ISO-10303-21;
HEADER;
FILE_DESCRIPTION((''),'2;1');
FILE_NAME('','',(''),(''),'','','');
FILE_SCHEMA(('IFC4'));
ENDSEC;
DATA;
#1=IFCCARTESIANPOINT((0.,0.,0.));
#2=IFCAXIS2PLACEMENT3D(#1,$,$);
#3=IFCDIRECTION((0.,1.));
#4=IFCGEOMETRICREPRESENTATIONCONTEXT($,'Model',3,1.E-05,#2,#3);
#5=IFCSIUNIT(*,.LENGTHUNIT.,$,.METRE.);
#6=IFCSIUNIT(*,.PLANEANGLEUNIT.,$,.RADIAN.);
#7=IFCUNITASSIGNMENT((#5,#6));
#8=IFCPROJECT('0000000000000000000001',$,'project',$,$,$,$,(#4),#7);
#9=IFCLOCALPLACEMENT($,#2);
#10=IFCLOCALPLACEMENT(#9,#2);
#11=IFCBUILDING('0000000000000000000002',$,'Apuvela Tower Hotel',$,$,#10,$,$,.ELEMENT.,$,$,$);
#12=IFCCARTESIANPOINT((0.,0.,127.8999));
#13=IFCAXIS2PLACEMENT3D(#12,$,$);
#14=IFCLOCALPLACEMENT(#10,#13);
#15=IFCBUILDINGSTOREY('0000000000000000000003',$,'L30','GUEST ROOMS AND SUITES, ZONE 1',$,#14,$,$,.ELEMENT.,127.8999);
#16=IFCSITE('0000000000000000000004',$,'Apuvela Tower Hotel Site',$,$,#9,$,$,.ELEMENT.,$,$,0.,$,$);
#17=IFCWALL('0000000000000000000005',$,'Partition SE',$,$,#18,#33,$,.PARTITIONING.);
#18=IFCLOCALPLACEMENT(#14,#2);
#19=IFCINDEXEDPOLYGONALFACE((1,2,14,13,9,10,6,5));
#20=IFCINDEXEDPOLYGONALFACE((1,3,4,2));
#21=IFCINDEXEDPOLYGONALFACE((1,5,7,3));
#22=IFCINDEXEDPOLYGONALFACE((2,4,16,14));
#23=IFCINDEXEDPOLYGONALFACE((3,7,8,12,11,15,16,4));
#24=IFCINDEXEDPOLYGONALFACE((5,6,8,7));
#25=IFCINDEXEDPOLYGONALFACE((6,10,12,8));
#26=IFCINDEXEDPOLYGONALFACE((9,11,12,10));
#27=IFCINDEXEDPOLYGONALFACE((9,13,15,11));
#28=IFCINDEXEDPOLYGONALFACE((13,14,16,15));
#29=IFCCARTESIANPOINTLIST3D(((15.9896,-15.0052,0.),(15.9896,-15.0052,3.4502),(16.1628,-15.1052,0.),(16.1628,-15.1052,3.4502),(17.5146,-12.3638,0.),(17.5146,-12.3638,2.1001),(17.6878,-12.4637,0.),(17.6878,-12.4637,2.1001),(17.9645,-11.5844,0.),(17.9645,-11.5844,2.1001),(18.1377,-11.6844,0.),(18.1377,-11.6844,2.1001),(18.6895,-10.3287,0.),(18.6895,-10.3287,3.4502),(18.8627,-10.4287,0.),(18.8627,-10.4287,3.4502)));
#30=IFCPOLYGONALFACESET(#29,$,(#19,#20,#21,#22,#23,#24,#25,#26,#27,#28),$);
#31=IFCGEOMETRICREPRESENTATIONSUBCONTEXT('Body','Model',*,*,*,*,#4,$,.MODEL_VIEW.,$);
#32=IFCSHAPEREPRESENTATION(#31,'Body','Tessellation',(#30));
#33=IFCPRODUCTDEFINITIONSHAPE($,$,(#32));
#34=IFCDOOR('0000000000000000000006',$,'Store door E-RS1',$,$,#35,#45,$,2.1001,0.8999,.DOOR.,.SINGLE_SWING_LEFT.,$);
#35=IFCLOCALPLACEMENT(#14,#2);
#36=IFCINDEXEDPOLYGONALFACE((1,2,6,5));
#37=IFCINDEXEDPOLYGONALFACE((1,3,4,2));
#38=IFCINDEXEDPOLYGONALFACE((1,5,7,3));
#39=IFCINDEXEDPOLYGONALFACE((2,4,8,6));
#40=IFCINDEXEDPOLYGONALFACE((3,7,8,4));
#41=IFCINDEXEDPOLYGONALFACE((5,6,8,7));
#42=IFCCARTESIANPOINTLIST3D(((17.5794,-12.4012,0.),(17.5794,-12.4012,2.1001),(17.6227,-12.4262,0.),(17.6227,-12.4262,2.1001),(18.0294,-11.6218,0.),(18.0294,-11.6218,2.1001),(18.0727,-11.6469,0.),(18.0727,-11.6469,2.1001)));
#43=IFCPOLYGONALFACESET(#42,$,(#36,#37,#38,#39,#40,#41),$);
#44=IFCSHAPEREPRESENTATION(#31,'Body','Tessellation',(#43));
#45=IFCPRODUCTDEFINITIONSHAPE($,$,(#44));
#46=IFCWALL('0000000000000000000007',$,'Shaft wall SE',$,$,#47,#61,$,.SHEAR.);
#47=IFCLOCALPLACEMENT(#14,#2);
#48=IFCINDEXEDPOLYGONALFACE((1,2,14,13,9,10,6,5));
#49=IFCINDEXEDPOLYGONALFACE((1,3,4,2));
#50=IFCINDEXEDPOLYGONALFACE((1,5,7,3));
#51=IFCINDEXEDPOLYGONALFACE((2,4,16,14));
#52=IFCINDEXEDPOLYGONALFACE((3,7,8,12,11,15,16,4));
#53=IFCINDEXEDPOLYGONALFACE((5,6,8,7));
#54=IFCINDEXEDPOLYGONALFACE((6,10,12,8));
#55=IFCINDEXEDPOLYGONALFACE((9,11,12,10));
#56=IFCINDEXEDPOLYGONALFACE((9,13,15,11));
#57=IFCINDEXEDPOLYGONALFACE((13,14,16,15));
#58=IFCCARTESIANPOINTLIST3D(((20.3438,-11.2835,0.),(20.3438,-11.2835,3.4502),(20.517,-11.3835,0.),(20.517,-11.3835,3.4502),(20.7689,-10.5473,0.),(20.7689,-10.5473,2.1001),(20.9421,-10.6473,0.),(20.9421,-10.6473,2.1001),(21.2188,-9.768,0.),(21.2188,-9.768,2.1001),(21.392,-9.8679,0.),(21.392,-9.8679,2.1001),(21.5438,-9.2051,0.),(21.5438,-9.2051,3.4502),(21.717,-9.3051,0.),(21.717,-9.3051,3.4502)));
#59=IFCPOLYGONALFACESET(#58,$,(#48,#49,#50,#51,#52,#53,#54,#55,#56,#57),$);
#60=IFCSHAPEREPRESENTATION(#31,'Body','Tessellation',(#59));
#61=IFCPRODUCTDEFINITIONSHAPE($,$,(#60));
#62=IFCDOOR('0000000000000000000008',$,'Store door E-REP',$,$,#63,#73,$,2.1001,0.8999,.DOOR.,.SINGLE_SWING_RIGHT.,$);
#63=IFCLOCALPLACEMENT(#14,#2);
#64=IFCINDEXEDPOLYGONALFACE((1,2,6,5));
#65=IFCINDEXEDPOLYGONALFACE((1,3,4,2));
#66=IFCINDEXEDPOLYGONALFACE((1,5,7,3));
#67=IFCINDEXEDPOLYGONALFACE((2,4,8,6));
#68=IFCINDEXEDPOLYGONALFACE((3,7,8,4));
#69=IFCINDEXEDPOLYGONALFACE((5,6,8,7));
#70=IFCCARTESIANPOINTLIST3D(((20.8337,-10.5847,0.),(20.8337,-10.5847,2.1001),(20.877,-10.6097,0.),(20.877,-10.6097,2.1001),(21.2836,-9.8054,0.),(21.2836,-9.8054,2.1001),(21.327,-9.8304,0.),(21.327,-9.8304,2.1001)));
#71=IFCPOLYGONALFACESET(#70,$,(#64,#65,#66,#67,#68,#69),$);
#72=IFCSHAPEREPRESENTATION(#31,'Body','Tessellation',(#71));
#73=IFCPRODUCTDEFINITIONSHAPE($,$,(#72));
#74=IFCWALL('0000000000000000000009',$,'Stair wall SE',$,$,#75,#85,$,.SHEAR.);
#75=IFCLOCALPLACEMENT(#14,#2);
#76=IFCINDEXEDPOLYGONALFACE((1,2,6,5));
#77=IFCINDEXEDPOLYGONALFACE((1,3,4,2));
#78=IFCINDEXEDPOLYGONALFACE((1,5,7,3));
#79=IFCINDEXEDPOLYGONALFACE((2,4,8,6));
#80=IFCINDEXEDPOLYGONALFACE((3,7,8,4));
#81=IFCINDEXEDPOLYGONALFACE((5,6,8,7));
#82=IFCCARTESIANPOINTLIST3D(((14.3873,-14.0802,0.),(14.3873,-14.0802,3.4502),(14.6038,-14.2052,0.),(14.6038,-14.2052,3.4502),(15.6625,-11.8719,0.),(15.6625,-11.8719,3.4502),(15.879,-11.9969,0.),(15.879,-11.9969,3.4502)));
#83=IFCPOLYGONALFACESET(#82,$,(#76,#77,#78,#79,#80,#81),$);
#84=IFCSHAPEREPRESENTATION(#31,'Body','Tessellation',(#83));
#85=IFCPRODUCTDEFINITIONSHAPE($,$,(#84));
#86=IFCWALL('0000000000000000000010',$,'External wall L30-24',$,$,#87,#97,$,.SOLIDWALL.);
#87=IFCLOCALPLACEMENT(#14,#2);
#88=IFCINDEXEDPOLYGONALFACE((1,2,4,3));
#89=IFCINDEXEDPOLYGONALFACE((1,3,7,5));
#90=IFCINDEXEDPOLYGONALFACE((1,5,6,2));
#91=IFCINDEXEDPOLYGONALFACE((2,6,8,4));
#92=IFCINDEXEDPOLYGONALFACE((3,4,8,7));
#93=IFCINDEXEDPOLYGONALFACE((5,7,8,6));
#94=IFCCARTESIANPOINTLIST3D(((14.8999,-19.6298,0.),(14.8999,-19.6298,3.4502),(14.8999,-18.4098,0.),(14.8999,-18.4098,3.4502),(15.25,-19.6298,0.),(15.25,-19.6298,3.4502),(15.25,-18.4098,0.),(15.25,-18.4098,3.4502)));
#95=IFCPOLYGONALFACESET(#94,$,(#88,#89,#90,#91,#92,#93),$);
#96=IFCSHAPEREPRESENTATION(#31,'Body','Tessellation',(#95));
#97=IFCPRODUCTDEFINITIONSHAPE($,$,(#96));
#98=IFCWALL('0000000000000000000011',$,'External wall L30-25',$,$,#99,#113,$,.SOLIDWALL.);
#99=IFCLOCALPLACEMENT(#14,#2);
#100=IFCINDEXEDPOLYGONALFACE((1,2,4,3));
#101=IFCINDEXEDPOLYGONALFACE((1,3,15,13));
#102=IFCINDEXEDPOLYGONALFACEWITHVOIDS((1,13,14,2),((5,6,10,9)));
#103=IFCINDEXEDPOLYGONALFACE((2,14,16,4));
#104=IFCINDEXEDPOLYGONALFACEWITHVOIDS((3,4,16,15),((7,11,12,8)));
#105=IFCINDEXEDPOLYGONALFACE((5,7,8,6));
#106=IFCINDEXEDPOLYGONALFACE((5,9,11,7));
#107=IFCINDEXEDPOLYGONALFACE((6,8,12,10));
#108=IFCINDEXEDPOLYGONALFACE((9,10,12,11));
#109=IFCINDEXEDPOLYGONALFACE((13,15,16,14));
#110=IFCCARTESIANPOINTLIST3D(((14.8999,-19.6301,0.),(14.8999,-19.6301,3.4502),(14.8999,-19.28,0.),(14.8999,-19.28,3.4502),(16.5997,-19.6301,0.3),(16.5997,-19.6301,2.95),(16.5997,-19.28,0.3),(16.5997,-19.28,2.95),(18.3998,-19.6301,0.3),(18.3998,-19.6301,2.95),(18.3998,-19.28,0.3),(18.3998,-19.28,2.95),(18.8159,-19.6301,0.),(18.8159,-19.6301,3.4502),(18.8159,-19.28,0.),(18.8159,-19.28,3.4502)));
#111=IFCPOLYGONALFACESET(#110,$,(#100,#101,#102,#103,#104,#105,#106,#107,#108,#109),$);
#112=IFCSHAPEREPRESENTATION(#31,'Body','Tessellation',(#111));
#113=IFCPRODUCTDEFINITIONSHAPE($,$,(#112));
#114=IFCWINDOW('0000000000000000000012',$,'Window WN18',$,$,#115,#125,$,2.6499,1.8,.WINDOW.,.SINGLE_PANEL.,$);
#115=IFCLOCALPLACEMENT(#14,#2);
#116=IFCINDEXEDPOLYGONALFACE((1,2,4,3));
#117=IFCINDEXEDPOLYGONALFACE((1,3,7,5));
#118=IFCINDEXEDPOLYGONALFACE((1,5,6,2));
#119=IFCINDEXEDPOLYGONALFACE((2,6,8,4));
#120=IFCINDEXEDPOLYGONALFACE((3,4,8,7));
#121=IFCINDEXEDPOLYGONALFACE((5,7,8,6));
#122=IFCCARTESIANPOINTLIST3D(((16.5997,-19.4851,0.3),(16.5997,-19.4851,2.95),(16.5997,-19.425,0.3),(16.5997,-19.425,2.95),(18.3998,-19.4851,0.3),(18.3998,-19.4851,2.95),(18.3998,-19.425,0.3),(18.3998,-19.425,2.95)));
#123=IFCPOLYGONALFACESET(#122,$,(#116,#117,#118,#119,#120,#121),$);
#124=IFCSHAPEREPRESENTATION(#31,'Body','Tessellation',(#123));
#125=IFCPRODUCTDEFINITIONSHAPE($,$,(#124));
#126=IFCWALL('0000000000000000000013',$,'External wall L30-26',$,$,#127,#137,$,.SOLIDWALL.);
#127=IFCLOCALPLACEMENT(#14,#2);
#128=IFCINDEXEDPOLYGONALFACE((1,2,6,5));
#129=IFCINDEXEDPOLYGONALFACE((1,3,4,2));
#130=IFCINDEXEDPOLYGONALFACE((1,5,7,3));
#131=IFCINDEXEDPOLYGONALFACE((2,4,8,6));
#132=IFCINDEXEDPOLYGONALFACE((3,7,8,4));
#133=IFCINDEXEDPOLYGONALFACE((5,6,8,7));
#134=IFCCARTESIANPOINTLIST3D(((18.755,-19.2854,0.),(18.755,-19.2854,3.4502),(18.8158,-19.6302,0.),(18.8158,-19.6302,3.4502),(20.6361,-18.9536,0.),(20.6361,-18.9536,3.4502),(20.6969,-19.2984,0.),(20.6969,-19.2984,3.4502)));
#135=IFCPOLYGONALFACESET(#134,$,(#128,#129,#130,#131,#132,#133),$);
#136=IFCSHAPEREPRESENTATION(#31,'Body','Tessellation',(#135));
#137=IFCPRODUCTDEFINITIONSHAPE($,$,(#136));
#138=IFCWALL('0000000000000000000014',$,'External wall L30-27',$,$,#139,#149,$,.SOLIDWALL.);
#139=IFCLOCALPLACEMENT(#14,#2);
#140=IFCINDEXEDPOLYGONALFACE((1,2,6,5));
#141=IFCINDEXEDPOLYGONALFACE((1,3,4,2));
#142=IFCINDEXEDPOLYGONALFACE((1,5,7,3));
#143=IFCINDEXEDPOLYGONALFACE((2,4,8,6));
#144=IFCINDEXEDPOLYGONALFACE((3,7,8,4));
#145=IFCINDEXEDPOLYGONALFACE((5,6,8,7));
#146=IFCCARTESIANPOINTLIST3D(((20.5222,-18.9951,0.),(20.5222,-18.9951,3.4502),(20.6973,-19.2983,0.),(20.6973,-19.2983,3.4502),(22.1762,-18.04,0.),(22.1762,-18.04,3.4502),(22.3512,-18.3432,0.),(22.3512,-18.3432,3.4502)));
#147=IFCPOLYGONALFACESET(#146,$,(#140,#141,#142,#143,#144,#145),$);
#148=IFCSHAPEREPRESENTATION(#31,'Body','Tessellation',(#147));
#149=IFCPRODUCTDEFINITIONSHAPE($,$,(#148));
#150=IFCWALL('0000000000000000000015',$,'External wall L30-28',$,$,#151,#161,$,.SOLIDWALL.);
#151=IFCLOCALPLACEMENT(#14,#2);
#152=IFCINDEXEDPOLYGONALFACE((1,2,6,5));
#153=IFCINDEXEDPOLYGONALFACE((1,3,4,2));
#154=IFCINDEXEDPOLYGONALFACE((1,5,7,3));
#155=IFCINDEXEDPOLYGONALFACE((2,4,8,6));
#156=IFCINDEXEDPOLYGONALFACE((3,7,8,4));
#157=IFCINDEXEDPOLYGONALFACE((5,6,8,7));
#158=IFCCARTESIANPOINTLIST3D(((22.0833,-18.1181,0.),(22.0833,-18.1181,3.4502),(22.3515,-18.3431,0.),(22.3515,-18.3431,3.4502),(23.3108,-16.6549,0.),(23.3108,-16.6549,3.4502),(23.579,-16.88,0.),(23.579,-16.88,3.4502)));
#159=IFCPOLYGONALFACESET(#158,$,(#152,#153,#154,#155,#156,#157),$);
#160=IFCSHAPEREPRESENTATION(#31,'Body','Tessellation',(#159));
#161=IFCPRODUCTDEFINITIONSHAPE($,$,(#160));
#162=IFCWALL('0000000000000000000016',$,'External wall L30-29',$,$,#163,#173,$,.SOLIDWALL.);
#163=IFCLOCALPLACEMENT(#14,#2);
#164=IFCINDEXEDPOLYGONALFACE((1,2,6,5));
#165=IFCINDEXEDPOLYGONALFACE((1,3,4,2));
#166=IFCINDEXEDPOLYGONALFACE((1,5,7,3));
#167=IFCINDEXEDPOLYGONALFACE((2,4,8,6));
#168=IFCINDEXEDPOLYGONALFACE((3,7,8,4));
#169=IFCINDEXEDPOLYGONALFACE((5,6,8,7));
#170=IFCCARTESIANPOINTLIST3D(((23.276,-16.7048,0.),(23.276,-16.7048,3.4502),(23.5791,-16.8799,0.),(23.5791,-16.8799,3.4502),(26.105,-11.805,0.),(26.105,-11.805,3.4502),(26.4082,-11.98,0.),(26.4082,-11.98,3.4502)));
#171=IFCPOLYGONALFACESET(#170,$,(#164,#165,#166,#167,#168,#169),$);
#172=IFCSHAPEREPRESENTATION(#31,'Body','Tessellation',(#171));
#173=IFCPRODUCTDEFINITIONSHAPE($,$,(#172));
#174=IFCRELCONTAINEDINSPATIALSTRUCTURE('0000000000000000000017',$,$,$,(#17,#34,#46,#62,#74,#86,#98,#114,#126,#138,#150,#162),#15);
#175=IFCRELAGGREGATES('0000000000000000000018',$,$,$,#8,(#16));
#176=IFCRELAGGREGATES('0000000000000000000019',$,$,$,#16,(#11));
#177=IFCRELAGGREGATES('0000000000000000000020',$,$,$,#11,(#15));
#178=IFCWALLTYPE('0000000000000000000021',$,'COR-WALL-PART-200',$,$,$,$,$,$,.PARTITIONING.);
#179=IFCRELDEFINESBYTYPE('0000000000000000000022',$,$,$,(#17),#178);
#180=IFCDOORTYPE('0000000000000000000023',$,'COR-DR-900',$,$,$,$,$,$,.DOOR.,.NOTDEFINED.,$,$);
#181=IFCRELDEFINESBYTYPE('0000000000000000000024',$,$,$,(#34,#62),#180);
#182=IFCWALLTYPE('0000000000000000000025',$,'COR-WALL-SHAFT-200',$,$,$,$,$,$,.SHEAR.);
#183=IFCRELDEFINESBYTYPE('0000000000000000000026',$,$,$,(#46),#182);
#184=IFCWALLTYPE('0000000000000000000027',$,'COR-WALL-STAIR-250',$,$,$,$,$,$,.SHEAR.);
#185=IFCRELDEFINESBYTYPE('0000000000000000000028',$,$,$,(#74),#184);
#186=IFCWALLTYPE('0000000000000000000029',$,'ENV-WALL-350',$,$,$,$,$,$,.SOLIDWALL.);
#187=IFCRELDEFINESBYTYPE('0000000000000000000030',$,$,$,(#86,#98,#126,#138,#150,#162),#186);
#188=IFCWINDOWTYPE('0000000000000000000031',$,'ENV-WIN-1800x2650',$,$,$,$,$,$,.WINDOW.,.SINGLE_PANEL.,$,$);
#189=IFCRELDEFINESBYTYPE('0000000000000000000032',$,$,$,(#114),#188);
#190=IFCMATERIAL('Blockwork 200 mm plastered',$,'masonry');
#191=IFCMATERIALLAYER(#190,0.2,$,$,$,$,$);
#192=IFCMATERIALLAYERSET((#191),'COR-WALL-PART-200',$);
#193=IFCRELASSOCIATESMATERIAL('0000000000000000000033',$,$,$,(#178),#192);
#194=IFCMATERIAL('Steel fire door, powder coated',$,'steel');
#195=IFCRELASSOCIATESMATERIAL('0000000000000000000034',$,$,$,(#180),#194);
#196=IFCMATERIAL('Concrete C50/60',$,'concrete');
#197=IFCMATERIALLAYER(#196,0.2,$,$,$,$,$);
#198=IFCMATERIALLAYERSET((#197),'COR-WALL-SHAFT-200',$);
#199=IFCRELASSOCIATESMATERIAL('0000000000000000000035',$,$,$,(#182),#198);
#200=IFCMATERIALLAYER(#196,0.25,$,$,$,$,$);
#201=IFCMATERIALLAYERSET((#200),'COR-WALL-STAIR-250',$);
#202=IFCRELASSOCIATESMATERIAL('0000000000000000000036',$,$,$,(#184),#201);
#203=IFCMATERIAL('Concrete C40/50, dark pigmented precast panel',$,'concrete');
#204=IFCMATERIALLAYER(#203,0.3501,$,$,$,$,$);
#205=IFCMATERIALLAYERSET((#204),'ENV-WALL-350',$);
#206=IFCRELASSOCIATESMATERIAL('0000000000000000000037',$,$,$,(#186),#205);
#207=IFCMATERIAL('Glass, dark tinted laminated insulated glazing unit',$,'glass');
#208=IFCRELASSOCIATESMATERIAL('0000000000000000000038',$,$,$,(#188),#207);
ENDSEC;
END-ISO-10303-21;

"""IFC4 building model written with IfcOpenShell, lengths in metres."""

from ifc_helpers import new_model, si_unit, direction, frame, frame_2d, origin, place, context, subcontext, project, spatial, rectangle, extrude, material, layer, layer_set, type_object, element, fill, save


model = new_model("IFC4")

# Units and contexts
model_context = context("Model", 3, precision=1e-05, world=origin(), true_north=direction((0.0, 1.0)))
body_context = subcontext(model_context, "Body", "Model", "MODEL_VIEW")
ifc_project = project(units=[si_unit("LENGTHUNIT", "METRE"), si_unit("PLANEANGLEUNIT", "RADIAN")], contexts=[model_context])

# Site, building, storey
site_placement = place(None, origin())
site = spatial("IfcSite", under=ifc_project, at=site_placement, Name="Apuvela Tower Hotel Site", CompositionType="ELEMENT", RefElevation=0.0)
building_placement = place(site_placement, origin())
building = spatial("IfcBuilding", under=site, at=building_placement, Name="Apuvela Tower Hotel", CompositionType="ELEMENT")
storey_placement = place(building_placement, frame((0.0, 0.0, 127.8999)))
storey = spatial("IfcBuildingStorey", under=building, at=storey_placement, Name="L30", Description="GUEST ROOMS AND SUITES, ZONE 1", CompositionType="ELEMENT", Elevation=127.8999)

# Walls, openings, doors
ifc_material_1 = material(Name="Blockwork 200 mm plastered", Category="masonry")
ifc_layer_1 = layer(ifc_material_1, 0.2)
ifc_layer_set_1 = layer_set([ifc_layer_1], Name="COR-WALL-PART-200")
wall_type_1 = type_object("IfcWallType", Name="COR-WALL-PART-200", PredefinedType="PARTITIONING", material=ifc_layer_set_1)
wall_1_placement = place(storey_placement, frame((16.0762, -15.0552, 0.0), z_axis=(0.0, 0.0, 1.0), x_axis=(0.499995, 0.866028, 0.0)))
wall_1 = element("IfcWall", 1, at=wall_1_placement, inside=storey, type_object=wall_type_1, Name="Partition SE", PredefinedType="PARTITIONING", context=body_context, shape_type="SweptSolid", body=[
    extrude(rectangle(XDim=5.3999, YDim=0.2, at=frame_2d((2.7, 0.0))), origin(), (0.0, 0.0, 1.0), 3.4502),
])
opening_1_placement = place(wall_1_placement, frame((3.05, 0.0, 0.0)))
opening_1 = element("IfcOpeningElement", 2, at=opening_1_placement, cuts=wall_1, PredefinedType="OPENING", context=body_context, shape_type="SweptSolid", body=[
    extrude(rectangle(XDim=0.8999, YDim=2.1001, at=frame_2d((0.45, 1.05))), frame((0.0, 0.1099, 0.0), z_axis=(0.0, -1.0, 0.0), x_axis=(1.0, 0.0, 0.0)), (0.0, 0.0, 1.0), 0.22),
])
ifc_material_2 = material(Name="Steel fire door, powder coated", Category="steel")
door_type_1 = type_object("IfcDoorType", Name="COR-DR-900", OperationType="NOTDEFINED", PredefinedType="DOOR", material=ifc_material_2)
door_1_placement = place(opening_1_placement, frame((0.8999, 0.0, 0.0), z_axis=(0.0, 0.0, 1.0), x_axis=(-1.0, 0.0, 0.0)))
door_1 = element("IfcDoor", 3, at=door_1_placement, inside=storey, type_object=door_type_1, Name="Store door E-RS1", OperationType="SINGLE_SWING_LEFT", OverallHeight=2.1001, OverallWidth=0.8999, PredefinedType="DOOR", context=body_context, shape_type="SweptSolid", body=[
    extrude(rectangle(XDim=0.8999, YDim=2.1001, at=frame_2d((0.45, 1.05))), frame((0.0, 0.0249, 0.0), z_axis=(0.0, -1.0, 0.0), x_axis=(1.0, 0.0, 0.0)), (0.0, 0.0, 1.0), 0.05),
])
fill(opening_1, door_1)
ifc_material_3 = material(Name="Concrete C50/60", Category="concrete")
ifc_layer_2 = layer(ifc_material_3, 0.2)
ifc_layer_set_2 = layer_set([ifc_layer_2], Name="COR-WALL-SHAFT-200")
wall_type_2 = type_object("IfcWallType", Name="COR-WALL-SHAFT-200", PredefinedType="SHEAR", material=ifc_layer_set_2)
wall_2_placement = place(storey_placement, frame((20.4304, -11.3335, 0.0), z_axis=(0.0, 0.0, 1.0), x_axis=(0.500001, 0.866025, 0.0)))
wall_2 = element("IfcWall", 4, at=wall_2_placement, inside=storey, type_object=wall_type_2, Name="Shaft wall SE", PredefinedType="SHEAR", context=body_context, shape_type="SweptSolid", body=[
    extrude(rectangle(XDim=2.3999, YDim=0.2, at=frame_2d((1.2, 0.0))), origin(), (0.0, 0.0, 1.0), 3.4502),
])
opening_2_placement = place(wall_2_placement, frame((0.8501, 0.0, 0.0)))
opening_2 = element("IfcOpeningElement", 5, at=opening_2_placement, cuts=wall_2, PredefinedType="OPENING", context=body_context, shape_type="SweptSolid", body=[
    extrude(rectangle(XDim=0.8999, YDim=2.1001, at=frame_2d((0.45, 1.05))), frame((0.0, 0.1099, 0.0), z_axis=(0.0, -1.0, 0.0), x_axis=(1.0, 0.0, 0.0)), (0.0, 0.0, 1.0), 0.22),
])
door_2_placement = place(opening_2_placement, frame((0.8999, 0.0, 0.0), z_axis=(0.0, 0.0, 1.0), x_axis=(-1.0, 0.0, 0.0)))
door_2 = element("IfcDoor", 6, at=door_2_placement, inside=storey, type_object=door_type_1, Name="Store door E-REP", OperationType="SINGLE_SWING_RIGHT", OverallHeight=2.1001, OverallWidth=0.8999, PredefinedType="DOOR", context=body_context, shape_type="SweptSolid", body=[
    extrude(rectangle(XDim=0.8999, YDim=2.1001, at=frame_2d((0.45, 1.05))), frame((0.0, 0.0249, 0.0), z_axis=(0.0, -1.0, 0.0), x_axis=(1.0, 0.0, 0.0)), (0.0, 0.0, 1.0), 0.05),
])
fill(opening_2, door_2)

# Walls
ifc_layer_3 = layer(ifc_material_3, 0.25)
ifc_layer_set_3 = layer_set([ifc_layer_3], Name="COR-WALL-STAIR-250")
wall_type_3 = type_object("IfcWallType", Name="COR-WALL-STAIR-250", PredefinedType="SHEAR", material=ifc_layer_set_3)
wall_3_placement = place(storey_placement, frame((14.4956, -14.1426, 0.0), z_axis=(0.0, 0.0, 1.0), x_axis=(0.500062, 0.865989, 0.0)))
element("IfcWall", 7, at=wall_3_placement, inside=storey, type_object=wall_type_3, Name="Stair wall SE", PredefinedType="SHEAR", context=body_context, shape_type="SweptSolid", body=[
    extrude(rectangle(XDim=2.55, YDim=0.25, at=frame_2d((1.2749, 0.0))), origin(), (0.0, 0.0, 1.0), 3.4502),
])
ifc_material_4 = material(Name="Concrete C40/50, dark pigmented precast panel", Category="concrete")
ifc_layer_4 = layer(ifc_material_4, 0.3501)
ifc_layer_set_4 = layer_set([ifc_layer_4], Name="ENV-WALL-350")
wall_type_4 = type_object("IfcWallType", Name="ENV-WALL-350", PredefinedType="SOLIDWALL", material=ifc_layer_set_4)
wall_4_placement = place(storey_placement, frame((15.075, -18.4099, 0.0), z_axis=(0.0, 0.0, 1.0), x_axis=(0.0, -1.0, 0.0)))
element("IfcWall", 8, at=wall_4_placement, inside=storey, type_object=wall_type_4, Name="External wall L30-24", PredefinedType="SOLIDWALL", context=body_context, shape_type="SweptSolid", body=[
    extrude(rectangle(XDim=1.22, YDim=0.3501, at=frame_2d((0.6099, 0.0))), origin(), (0.0, 0.0, 1.0), 3.4502),
])

# Wall, opening, window
wall_5_placement = place(storey_placement, frame((14.8999, -19.4551, 0.0), z_axis=(0.0, 0.0, 1.0), x_axis=(1.0, 0.0, 0.0)))
wall_5 = element("IfcWall", 9, at=wall_5_placement, inside=storey, type_object=wall_type_4, Name="External wall L30-25", PredefinedType="SOLIDWALL", context=body_context, shape_type="SweptSolid", body=[
    extrude(rectangle(XDim=3.916, YDim=0.3501, at=frame_2d((1.958, 0.0))), origin(), (0.0, 0.0, 1.0), 3.4502),
])
opening_3_placement = place(wall_5_placement, frame((1.7, 0.0, 0.3)))
opening_3 = element("IfcOpeningElement", 10, at=opening_3_placement, cuts=wall_5, PredefinedType="OPENING", context=body_context, shape_type="SweptSolid", body=[
    extrude(rectangle(XDim=1.8, YDim=2.6499, at=frame_2d((0.8999, 1.325))), frame((0.0, 0.1851, 0.0), z_axis=(0.0, -1.0, 0.0), x_axis=(1.0, 0.0, 0.0)), (0.0, 0.0, 1.0), 0.3701),
])
ifc_material_5 = material(Name="Glass, dark tinted laminated insulated glazing unit", Category="glass")
window_type = type_object("IfcWindowType", Name="ENV-WIN-1800x2650", PartitioningType="SINGLE_PANEL", PredefinedType="WINDOW", material=ifc_material_5)
window_placement = place(opening_3_placement, origin())
window = element("IfcWindow", 11, at=window_placement, inside=storey, type_object=window_type, Name="Window WN18", OverallHeight=2.6499, OverallWidth=1.8, PartitioningType="SINGLE_PANEL", PredefinedType="WINDOW", context=body_context, shape_type="SweptSolid", body=[
    extrude(rectangle(XDim=1.8, YDim=2.6499, at=frame_2d((0.8999, 1.325))), frame((0.0, 0.03, 0.0), z_axis=(0.0, -1.0, 0.0), x_axis=(1.0, 0.0, 0.0)), (0.0, 0.0, 1.0), 0.0601),
])
fill(opening_3, window)

# Walls
wall_6_placement = place(storey_placement, frame((18.7854, -19.4578, 0.0), z_axis=(0.0, 0.0, 1.0), x_axis=(0.984799, 0.173698, 0.0)))
element("IfcWall", 12, at=wall_6_placement, inside=storey, type_object=wall_type_4, Name="External wall L30-26", PredefinedType="SOLIDWALL", context=body_context, shape_type="SweptSolid", body=[
    extrude(rectangle(XDim=1.9102, YDim=0.3501, at=frame_2d((0.9551, 0.0))), origin(), (0.0, 0.0, 1.0), 3.4502),
])
for number, where, z_axis, x_axis, name in (
    (13, (20.6096, -19.1467, 0.0), (0.0, 0.0, 1.0), (0.866, 0.500043, 0.0), "External wall L30-27"),
    (14, (22.2173, -18.2307, 0.0), (0.0, 0.0, 1.0), (0.642733, 0.76609, 0.0), "External wall L30-28"),
):
    element("IfcWall", number, at=place(storey_placement, frame(where, z_axis=z_axis, x_axis=x_axis)), inside=storey, type_object=wall_type_4, Name=name, PredefinedType="SOLIDWALL", context=body_context, shape_type="SweptSolid", body=[
        extrude(rectangle(XDim=1.9099, YDim=0.3501, at=frame_2d((0.9551, 0.0))), origin(), (0.0, 0.0, 1.0), 3.4502),
    ])
wall_7_placement = place(storey_placement, frame((23.4275, -16.7925, 0.0), z_axis=(0.0, 0.0, 1.0), x_axis=(0.500019, 0.866015, 0.0)))
element("IfcWall", 15, at=wall_7_placement, inside=storey, type_object=wall_type_4, Name="External wall L30-29", PredefinedType="SOLIDWALL", context=body_context, shape_type="SweptSolid", body=[
    extrude(rectangle(XDim=5.658, YDim=0.3501, at=frame_2d((2.8291, 0.0))), origin(), (0.0, 0.0, 1.0), 3.4502),
])

save(model, "model.ifc")
